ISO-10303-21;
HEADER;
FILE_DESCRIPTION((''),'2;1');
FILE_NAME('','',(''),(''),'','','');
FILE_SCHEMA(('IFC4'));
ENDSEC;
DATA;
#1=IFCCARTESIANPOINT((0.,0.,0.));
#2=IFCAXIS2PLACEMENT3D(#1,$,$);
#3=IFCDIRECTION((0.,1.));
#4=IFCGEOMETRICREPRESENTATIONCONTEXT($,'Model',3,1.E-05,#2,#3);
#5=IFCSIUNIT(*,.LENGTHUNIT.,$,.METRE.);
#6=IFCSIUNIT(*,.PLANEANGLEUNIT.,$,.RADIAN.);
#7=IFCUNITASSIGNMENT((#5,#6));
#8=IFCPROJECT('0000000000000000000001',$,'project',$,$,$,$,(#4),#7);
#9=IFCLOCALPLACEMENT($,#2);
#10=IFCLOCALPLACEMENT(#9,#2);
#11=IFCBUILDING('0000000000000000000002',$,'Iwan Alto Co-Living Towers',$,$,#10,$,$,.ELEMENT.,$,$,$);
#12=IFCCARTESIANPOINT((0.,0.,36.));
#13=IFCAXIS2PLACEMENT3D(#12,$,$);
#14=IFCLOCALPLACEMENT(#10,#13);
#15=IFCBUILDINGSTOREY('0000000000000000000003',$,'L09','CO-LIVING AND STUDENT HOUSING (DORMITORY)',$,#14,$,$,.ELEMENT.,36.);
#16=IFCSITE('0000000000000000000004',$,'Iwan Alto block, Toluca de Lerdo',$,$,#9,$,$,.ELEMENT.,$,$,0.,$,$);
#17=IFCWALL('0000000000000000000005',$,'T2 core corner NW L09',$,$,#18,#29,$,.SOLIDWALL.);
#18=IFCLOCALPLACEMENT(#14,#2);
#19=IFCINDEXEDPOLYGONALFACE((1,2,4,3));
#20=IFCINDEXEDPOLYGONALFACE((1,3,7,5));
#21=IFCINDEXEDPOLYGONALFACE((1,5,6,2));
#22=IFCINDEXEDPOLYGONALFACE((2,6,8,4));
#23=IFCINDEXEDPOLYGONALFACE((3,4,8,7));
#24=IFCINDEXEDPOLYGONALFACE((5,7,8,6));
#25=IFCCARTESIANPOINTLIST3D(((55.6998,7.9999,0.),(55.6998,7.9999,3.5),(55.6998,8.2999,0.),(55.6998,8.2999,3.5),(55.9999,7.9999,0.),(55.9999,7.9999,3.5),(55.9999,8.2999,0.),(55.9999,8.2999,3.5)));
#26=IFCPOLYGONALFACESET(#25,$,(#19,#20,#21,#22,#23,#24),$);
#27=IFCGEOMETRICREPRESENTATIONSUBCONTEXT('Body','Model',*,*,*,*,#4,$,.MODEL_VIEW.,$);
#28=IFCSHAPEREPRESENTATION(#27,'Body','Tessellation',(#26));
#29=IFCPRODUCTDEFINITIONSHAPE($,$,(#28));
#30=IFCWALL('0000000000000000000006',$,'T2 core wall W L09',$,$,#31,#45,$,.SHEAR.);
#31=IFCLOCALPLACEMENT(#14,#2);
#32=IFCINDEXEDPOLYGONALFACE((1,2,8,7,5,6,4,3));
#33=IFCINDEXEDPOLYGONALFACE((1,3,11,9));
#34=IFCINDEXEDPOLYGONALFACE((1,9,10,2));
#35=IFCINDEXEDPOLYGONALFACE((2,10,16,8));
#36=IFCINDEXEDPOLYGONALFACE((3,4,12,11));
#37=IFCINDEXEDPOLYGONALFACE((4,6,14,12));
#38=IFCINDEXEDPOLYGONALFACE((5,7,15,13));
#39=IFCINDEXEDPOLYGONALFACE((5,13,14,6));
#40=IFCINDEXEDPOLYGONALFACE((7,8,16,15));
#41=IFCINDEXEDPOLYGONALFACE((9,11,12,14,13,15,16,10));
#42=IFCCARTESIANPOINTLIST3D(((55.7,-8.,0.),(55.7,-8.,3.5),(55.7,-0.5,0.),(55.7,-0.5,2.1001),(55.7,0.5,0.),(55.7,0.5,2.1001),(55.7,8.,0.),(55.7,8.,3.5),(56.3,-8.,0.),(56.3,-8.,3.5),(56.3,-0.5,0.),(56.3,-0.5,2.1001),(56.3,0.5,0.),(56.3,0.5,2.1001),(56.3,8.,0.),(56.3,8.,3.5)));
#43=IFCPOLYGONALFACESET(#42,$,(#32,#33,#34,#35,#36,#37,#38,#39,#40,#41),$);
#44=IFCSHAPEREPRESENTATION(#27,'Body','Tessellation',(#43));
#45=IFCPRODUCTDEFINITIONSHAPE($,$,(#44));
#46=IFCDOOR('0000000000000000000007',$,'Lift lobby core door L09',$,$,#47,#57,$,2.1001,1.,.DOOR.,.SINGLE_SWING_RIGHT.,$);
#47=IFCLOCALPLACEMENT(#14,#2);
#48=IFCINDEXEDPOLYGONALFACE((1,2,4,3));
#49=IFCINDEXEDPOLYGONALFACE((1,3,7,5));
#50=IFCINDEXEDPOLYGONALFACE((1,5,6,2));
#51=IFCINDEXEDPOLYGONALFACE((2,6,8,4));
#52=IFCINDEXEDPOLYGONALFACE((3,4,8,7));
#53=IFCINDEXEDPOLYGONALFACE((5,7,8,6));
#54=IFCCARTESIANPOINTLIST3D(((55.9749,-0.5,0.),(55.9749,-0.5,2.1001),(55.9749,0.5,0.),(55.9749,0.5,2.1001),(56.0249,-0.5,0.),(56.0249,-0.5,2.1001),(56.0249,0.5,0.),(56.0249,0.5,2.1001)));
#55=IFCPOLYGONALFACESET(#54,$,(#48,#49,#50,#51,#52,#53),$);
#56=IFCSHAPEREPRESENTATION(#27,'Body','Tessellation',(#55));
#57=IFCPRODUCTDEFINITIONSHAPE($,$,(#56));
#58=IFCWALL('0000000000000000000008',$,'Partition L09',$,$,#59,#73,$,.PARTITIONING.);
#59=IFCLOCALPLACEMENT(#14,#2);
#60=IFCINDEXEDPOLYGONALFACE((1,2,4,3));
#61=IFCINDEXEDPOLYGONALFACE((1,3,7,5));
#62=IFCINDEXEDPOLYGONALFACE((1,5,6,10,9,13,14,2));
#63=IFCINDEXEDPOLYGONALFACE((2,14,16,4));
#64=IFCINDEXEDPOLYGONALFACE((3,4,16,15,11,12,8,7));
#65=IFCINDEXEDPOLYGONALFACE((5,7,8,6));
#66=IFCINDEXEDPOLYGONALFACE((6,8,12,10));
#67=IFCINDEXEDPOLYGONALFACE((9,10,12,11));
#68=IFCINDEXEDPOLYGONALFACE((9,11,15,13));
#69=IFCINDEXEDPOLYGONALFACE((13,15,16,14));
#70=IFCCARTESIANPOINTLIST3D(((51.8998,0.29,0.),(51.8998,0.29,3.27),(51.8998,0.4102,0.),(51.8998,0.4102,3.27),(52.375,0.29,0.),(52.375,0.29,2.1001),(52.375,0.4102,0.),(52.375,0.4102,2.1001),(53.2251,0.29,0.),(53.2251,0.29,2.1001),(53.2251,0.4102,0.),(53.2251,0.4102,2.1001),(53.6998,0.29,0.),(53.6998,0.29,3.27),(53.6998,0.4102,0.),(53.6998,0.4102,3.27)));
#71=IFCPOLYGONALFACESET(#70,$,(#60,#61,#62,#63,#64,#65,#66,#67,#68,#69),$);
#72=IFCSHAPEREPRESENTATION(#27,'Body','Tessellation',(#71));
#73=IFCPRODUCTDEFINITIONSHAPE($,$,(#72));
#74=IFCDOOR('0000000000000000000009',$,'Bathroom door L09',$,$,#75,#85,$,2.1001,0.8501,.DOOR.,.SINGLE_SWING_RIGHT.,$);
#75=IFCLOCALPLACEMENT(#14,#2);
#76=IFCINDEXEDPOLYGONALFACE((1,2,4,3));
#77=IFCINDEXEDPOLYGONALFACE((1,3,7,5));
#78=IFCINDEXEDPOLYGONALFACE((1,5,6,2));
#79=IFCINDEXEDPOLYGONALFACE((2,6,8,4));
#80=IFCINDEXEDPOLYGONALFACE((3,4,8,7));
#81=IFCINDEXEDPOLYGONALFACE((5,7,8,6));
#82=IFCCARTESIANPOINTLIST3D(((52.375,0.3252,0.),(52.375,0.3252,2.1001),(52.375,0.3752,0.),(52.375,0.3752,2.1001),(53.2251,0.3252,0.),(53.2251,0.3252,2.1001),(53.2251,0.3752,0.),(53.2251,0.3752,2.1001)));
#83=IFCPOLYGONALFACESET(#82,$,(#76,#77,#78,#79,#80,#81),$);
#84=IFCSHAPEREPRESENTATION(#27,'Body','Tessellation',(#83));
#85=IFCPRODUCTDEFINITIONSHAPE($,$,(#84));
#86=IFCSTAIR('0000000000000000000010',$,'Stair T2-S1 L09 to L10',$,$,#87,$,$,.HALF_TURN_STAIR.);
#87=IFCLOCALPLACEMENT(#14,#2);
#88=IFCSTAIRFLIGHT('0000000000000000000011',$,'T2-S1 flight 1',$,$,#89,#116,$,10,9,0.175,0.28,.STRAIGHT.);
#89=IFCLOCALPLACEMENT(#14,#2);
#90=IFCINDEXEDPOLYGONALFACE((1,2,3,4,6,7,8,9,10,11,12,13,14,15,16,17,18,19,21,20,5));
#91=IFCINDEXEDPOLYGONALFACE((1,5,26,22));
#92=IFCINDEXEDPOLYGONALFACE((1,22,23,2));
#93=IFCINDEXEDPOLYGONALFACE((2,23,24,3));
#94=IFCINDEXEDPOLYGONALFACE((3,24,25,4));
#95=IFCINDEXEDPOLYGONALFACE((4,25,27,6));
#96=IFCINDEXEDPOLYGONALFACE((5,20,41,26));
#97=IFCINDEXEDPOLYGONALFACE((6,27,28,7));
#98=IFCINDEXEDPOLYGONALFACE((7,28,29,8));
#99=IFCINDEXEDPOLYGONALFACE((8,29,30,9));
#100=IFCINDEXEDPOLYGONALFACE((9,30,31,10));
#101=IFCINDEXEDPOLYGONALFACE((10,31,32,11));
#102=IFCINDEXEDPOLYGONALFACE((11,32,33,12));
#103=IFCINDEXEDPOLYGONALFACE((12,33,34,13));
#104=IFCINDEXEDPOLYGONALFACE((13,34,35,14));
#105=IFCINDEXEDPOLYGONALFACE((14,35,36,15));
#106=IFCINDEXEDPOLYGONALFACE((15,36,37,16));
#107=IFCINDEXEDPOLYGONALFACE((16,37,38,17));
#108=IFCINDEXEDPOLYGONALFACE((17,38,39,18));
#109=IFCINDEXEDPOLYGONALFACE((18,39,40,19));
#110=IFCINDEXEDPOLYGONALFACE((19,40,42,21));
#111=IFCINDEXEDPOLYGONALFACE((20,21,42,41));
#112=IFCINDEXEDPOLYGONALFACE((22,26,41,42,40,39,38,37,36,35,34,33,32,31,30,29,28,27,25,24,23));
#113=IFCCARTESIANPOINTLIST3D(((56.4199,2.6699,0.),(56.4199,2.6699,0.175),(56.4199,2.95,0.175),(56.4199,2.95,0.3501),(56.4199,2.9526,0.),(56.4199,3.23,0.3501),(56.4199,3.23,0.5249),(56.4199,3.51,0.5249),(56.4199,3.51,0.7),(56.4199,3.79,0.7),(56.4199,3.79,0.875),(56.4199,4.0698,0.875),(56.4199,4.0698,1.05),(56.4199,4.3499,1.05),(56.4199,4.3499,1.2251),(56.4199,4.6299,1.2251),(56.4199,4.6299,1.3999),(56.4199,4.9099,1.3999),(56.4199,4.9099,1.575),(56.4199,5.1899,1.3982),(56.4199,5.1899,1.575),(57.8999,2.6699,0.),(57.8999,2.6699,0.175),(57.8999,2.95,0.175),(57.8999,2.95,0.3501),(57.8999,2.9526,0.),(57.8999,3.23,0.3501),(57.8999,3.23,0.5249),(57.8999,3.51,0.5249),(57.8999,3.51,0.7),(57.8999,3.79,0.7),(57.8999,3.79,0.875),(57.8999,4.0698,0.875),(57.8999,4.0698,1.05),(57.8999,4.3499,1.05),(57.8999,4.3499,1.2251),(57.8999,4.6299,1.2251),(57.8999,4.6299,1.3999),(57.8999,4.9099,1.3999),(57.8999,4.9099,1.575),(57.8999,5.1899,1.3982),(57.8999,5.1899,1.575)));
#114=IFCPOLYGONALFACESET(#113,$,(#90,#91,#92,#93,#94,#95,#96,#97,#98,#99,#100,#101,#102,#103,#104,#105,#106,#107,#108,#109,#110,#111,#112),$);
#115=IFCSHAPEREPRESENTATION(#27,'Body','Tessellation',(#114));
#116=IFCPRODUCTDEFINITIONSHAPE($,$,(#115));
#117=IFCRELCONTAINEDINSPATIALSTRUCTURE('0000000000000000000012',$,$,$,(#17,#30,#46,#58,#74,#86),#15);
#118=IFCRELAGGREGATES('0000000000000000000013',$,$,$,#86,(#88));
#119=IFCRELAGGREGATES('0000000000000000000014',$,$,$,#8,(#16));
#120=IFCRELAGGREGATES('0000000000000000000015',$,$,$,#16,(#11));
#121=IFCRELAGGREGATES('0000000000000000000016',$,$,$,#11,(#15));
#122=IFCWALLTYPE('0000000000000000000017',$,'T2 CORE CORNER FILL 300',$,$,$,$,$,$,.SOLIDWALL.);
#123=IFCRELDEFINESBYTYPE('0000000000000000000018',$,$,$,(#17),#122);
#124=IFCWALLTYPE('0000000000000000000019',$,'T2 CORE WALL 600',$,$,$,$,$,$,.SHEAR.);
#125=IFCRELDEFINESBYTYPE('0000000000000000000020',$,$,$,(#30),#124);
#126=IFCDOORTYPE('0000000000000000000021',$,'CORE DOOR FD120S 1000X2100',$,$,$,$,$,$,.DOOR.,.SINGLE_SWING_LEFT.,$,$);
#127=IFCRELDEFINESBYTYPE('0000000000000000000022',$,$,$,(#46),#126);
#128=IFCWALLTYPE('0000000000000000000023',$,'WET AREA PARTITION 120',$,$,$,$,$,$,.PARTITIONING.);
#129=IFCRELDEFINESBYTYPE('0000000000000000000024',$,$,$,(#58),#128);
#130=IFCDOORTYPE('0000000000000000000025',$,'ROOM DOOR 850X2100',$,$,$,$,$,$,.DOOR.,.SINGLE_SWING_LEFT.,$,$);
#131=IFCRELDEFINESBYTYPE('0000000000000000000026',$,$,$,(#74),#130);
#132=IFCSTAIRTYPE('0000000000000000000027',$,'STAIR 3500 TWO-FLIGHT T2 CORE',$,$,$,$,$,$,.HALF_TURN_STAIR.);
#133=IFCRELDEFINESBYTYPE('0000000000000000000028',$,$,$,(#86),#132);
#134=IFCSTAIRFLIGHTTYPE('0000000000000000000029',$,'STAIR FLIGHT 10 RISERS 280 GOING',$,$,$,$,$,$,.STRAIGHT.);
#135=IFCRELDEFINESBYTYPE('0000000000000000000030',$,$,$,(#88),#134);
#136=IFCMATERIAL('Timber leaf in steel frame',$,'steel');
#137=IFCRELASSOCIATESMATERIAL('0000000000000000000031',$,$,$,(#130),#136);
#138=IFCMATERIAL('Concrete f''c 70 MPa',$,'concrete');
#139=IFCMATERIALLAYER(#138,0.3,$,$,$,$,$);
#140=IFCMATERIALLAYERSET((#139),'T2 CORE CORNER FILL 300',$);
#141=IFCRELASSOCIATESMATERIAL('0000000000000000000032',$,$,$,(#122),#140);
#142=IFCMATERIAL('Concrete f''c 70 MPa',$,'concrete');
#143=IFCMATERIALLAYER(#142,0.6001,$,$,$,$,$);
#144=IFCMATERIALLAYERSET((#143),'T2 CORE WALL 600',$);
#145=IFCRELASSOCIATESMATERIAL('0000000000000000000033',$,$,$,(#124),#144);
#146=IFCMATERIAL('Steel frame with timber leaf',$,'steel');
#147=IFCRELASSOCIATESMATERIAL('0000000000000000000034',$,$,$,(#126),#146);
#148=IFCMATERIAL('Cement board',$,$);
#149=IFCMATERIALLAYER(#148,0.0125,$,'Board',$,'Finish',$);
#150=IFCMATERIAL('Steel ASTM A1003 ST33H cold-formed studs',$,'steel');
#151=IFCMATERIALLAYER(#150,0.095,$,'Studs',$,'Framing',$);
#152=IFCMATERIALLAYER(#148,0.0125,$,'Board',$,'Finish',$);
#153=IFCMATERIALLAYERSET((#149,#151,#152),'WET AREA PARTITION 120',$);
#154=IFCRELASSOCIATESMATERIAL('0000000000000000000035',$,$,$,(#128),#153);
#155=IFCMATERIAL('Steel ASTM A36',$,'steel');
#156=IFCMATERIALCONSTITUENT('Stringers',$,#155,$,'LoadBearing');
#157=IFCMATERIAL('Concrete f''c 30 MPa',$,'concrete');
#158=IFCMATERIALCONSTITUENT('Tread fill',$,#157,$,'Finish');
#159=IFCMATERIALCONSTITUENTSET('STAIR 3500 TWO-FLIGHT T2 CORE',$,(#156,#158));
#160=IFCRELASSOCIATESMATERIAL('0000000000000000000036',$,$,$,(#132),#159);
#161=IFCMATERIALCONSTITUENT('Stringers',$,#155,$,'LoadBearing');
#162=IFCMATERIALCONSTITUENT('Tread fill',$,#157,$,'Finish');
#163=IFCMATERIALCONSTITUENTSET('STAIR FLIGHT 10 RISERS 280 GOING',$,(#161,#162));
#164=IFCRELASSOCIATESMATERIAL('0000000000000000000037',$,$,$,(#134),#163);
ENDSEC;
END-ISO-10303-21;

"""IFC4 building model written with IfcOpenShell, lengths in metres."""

from ifc_helpers import new_model, si_unit, direction, frame, frame_2d, origin, place, context, subcontext, project, spatial, polyline, rectangle, outline, extrude, material, layer, layer_set, constituent, constituent_set, type_object, element, fill, aggregate, save


model = new_model("IFC4")

# Units and contexts
model_context = context("Model", 3, precision=1e-05, world=origin(), true_north=direction((0.0, 1.0)))
body_context = subcontext(model_context, "Body", "Model", "MODEL_VIEW")
ifc_project = project(units=[si_unit("LENGTHUNIT", "METRE"), si_unit("PLANEANGLEUNIT", "RADIAN")], contexts=[model_context])

# Site, building, storey
site_placement = place(None, origin())
site = spatial("IfcSite", under=ifc_project, at=site_placement, Name="Iwan Alto block, Toluca de Lerdo", CompositionType="ELEMENT", RefElevation=0.0)
building_placement = place(site_placement, origin())
building = spatial("IfcBuilding", under=site, at=building_placement, Name="Iwan Alto Co-Living Towers", CompositionType="ELEMENT")
storey_placement = place(building_placement, frame((0.0, 0.0, 36.0)))
storey = spatial("IfcBuildingStorey", under=building, at=storey_placement, Name="L09", Description="CO-LIVING AND STUDENT HOUSING (DORMITORY)", CompositionType="ELEMENT", Elevation=36.0)

# Shared definitions
ifc_material_1 = material(Name="Steel ASTM A1003 ST33H cold-formed studs", Category="steel")

# Shared definitions
ifc_material_2 = material(Name="Timber leaf in steel frame", Category="steel")
door_type_1 = type_object("IfcDoorType", Name="ROOM DOOR 850X2100", OperationType="SINGLE_SWING_LEFT", PredefinedType="DOOR", material=ifc_material_2)

# Wall
ifc_material_3 = material(Name="Concrete f'c 70 MPa", Category="concrete")
ifc_layer_1 = layer(ifc_material_3, 0.3)
ifc_layer_set_1 = layer_set([ifc_layer_1], Name="T2 CORE CORNER FILL 300")
wall_type_1 = type_object("IfcWallType", Name="T2 CORE CORNER FILL 300", PredefinedType="SOLIDWALL", material=ifc_layer_set_1)
wall_1_placement = place(storey_placement, frame((55.7, 8.1499, 0.0), z_axis=(0.0, 0.0, 1.0), x_axis=(1.0, 0.0, 0.0)))
element("IfcWall", 1, at=wall_1_placement, inside=storey, type_object=wall_type_1, Name="T2 core corner NW L09", PredefinedType="SOLIDWALL", context=body_context, shape_type="SweptSolid", body=[
    extrude(rectangle(XDim=0.3, YDim=0.3, at=frame_2d((0.1499, 0.0))), origin(), (0.0, 0.0, 1.0), 3.5),
])

# Walls, openings, doors
ifc_material_4 = material(Name="Concrete f'c 70 MPa", Category="concrete")
ifc_layer_2 = layer(ifc_material_4, 0.6001)
ifc_layer_set_2 = layer_set([ifc_layer_2], Name="T2 CORE WALL 600")
wall_type_2 = type_object("IfcWallType", Name="T2 CORE WALL 600", PredefinedType="SHEAR", material=ifc_layer_set_2)
wall_2_placement = place(storey_placement, frame((56.0, 8.0, 0.0), z_axis=(0.0, 0.0, 1.0), x_axis=(0.0, -1.0, 0.0)))
wall_2 = element("IfcWall", 2, at=wall_2_placement, inside=storey, type_object=wall_type_2, Name="T2 core wall W L09", PredefinedType="SHEAR", context=body_context, shape_type="SweptSolid", body=[
    extrude(rectangle(XDim=16.0, YDim=0.6001, at=frame_2d((8.0, 0.0))), origin(), (0.0, 0.0, 1.0), 3.5),
])
opening_1_placement = place(wall_2_placement, frame((7.5, 0.0, 0.0)))
opening_1 = element("IfcOpeningElement", 3, at=opening_1_placement, cuts=wall_2, PredefinedType="OPENING", context=body_context, shape_type="SweptSolid", body=[
    extrude(rectangle(XDim=1.0, YDim=2.1001, at=frame_2d((0.5, 1.05))), frame((0.0, 0.3101, 0.0), z_axis=(0.0, -1.0, 0.0), x_axis=(1.0, 0.0, 0.0)), (0.0, 0.0, 1.0), 0.6201),
])
ifc_material_5 = material(Name="Steel frame with timber leaf", Category="steel")
door_type_2 = type_object("IfcDoorType", Name="CORE DOOR FD120S 1000X2100", OperationType="SINGLE_SWING_LEFT", PredefinedType="DOOR", material=ifc_material_5)
door_1_placement = place(opening_1_placement, origin())
door_1 = element("IfcDoor", 4, at=door_1_placement, inside=storey, type_object=door_type_2, Name="Lift lobby core door L09", OperationType="SINGLE_SWING_RIGHT", OverallHeight=2.1001, OverallWidth=1.0, PredefinedType="DOOR", context=body_context, shape_type="SweptSolid", body=[
    extrude(rectangle(XDim=1.0, YDim=2.1001, at=frame_2d((0.5, 1.05))), frame((0.0, 0.0249, 0.0), z_axis=(0.0, -1.0, 0.0), x_axis=(1.0, 0.0, 0.0)), (0.0, 0.0, 1.0), 0.05),
])
fill(opening_1, door_1)
ifc_material_6 = material(Name="Cement board")
ifc_layer_3 = layer(ifc_material_6, 0.0125, Name="Board", Category="Finish")
ifc_layer_4 = layer(ifc_material_1, 0.095, Name="Studs", Category="Framing")
ifc_layer_5 = layer(ifc_material_6, 0.0125, Name="Board", Category="Finish")
ifc_layer_set_3 = layer_set([ifc_layer_3, ifc_layer_4, ifc_layer_5], Name="WET AREA PARTITION 120")
wall_type_3 = type_object("IfcWallType", Name="WET AREA PARTITION 120", PredefinedType="PARTITIONING", material=ifc_layer_set_3)
wall_3_placement = place(storey_placement, frame((51.8999, 0.3501, 0.0), z_axis=(0.0, 0.0, 1.0), x_axis=(1.0, 0.0, 0.0)))
wall_3 = element("IfcWall", 5, at=wall_3_placement, inside=storey, type_object=wall_type_3, Name="Partition L09", PredefinedType="PARTITIONING", context=body_context, shape_type="SweptSolid", body=[
    extrude(rectangle(XDim=1.8, YDim=0.1201, at=frame_2d((0.8999, 0.0))), origin(), (0.0, 0.0, 1.0), 3.27),
])
opening_2_placement = place(wall_3_placement, frame((0.4751, 0.0, 0.0)))
opening_2 = element("IfcOpeningElement", 6, at=opening_2_placement, cuts=wall_3, PredefinedType="OPENING", context=body_context, shape_type="SweptSolid", body=[
    extrude(rectangle(XDim=0.8501, YDim=2.1001, at=frame_2d((0.425, 1.05))), frame((0.0, 0.0701, 0.0), z_axis=(0.0, -1.0, 0.0), x_axis=(1.0, 0.0, 0.0)), (0.0, 0.0, 1.0), 0.1401),
])
door_2_placement = place(opening_2_placement, frame((0.8501, 0.0, 0.0), z_axis=(0.0, 0.0, 1.0), x_axis=(-1.0, 0.0, 0.0)))
door_2 = element("IfcDoor", 7, at=door_2_placement, inside=storey, type_object=door_type_1, Name="Bathroom door L09", OperationType="SINGLE_SWING_RIGHT", OverallHeight=2.1001, OverallWidth=0.8501, PredefinedType="DOOR", context=body_context, shape_type="SweptSolid", body=[
    extrude(rectangle(XDim=0.8501, YDim=2.1001, at=frame_2d((0.425, 1.05))), frame((0.0, 0.0249, 0.0), z_axis=(0.0, -1.0, 0.0), x_axis=(1.0, 0.0, 0.0)), (0.0, 0.0, 1.0), 0.05),
])
fill(opening_2, door_2)

# Stair, stair flight
ifc_material_7 = material(Name="Steel ASTM A36", Category="steel")
ifc_constituent_1 = constituent(ifc_material_7, Name="Stringers", Category="LoadBearing")
ifc_material_8 = material(Name="Concrete f'c 30 MPa", Category="concrete")
ifc_constituent_2 = constituent(ifc_material_8, Name="Tread fill", Category="Finish")
ifc_constituent_set_1 = constituent_set(constituents=[ifc_constituent_1, ifc_constituent_2], Name="STAIR 3500 TWO-FLIGHT T2 CORE")
stair_type = type_object("IfcStairType", Name="STAIR 3500 TWO-FLIGHT T2 CORE", PredefinedType="HALF_TURN_STAIR", material=ifc_constituent_set_1)
stair_placement = place(storey_placement, origin())
stair = element("IfcStair", 8, at=stair_placement, inside=storey, type_object=stair_type, Name="Stair T2-S1 L09 to L10", PredefinedType="HALF_TURN_STAIR")
ifc_constituent_3 = constituent(ifc_material_7, Name="Stringers", Category="LoadBearing")
ifc_constituent_4 = constituent(ifc_material_8, Name="Tread fill", Category="Finish")
ifc_constituent_set_2 = constituent_set(constituents=[ifc_constituent_3, ifc_constituent_4], Name="STAIR FLIGHT 10 RISERS 280 GOING")
stair_flight_type = type_object("IfcStairFlightType", Name="STAIR FLIGHT 10 RISERS 280 GOING", PredefinedType="STRAIGHT", material=ifc_constituent_set_2)
stair_flight_placement = place(storey_placement, frame((57.1599, 2.6699, 0.0), z_axis=(0.0, 0.0, 1.0), x_axis=(0.0, 1.0, 0.0)))
stair_flight = element("IfcStairFlight", 9, at=stair_flight_placement, type_object=stair_flight_type, Name="T2-S1 flight 1", NumberOfRisers=10, NumberOfTreads=9, PredefinedType="STRAIGHT", RiserHeight=0.175, TreadLength=0.28, context=body_context, shape_type="SweptSolid", body=[
    extrude(outline(polyline([(0.0, 0.0), (0.0, 0.175), (0.28, 0.175), (0.28, 0.3501), (0.5601, 0.3501), (0.5601, 0.5249), (0.8401, 0.5249), (0.8401, 0.7), (1.1201, 0.7), (1.1201, 0.875), (1.3999, 0.875), (1.3999, 1.05), (1.6799, 1.05), (1.6799, 1.2251), (1.96, 1.2251), (1.96, 1.3999), (2.24, 1.3999), (2.24, 1.575), (2.52, 1.575), (2.52, 1.75), (2.52, 1.3982), (0.2827, 0.0), (0.0, 0.0)])), frame((0.0, 0.74, 0.0), z_axis=(0.0, -1.0, 0.0), x_axis=(1.0, 0.0, 0.0)), (0.0, 0.0, 1.0), 1.48),
])
aggregate(stair, [stair_flight])

save(model, "model.ifc")
